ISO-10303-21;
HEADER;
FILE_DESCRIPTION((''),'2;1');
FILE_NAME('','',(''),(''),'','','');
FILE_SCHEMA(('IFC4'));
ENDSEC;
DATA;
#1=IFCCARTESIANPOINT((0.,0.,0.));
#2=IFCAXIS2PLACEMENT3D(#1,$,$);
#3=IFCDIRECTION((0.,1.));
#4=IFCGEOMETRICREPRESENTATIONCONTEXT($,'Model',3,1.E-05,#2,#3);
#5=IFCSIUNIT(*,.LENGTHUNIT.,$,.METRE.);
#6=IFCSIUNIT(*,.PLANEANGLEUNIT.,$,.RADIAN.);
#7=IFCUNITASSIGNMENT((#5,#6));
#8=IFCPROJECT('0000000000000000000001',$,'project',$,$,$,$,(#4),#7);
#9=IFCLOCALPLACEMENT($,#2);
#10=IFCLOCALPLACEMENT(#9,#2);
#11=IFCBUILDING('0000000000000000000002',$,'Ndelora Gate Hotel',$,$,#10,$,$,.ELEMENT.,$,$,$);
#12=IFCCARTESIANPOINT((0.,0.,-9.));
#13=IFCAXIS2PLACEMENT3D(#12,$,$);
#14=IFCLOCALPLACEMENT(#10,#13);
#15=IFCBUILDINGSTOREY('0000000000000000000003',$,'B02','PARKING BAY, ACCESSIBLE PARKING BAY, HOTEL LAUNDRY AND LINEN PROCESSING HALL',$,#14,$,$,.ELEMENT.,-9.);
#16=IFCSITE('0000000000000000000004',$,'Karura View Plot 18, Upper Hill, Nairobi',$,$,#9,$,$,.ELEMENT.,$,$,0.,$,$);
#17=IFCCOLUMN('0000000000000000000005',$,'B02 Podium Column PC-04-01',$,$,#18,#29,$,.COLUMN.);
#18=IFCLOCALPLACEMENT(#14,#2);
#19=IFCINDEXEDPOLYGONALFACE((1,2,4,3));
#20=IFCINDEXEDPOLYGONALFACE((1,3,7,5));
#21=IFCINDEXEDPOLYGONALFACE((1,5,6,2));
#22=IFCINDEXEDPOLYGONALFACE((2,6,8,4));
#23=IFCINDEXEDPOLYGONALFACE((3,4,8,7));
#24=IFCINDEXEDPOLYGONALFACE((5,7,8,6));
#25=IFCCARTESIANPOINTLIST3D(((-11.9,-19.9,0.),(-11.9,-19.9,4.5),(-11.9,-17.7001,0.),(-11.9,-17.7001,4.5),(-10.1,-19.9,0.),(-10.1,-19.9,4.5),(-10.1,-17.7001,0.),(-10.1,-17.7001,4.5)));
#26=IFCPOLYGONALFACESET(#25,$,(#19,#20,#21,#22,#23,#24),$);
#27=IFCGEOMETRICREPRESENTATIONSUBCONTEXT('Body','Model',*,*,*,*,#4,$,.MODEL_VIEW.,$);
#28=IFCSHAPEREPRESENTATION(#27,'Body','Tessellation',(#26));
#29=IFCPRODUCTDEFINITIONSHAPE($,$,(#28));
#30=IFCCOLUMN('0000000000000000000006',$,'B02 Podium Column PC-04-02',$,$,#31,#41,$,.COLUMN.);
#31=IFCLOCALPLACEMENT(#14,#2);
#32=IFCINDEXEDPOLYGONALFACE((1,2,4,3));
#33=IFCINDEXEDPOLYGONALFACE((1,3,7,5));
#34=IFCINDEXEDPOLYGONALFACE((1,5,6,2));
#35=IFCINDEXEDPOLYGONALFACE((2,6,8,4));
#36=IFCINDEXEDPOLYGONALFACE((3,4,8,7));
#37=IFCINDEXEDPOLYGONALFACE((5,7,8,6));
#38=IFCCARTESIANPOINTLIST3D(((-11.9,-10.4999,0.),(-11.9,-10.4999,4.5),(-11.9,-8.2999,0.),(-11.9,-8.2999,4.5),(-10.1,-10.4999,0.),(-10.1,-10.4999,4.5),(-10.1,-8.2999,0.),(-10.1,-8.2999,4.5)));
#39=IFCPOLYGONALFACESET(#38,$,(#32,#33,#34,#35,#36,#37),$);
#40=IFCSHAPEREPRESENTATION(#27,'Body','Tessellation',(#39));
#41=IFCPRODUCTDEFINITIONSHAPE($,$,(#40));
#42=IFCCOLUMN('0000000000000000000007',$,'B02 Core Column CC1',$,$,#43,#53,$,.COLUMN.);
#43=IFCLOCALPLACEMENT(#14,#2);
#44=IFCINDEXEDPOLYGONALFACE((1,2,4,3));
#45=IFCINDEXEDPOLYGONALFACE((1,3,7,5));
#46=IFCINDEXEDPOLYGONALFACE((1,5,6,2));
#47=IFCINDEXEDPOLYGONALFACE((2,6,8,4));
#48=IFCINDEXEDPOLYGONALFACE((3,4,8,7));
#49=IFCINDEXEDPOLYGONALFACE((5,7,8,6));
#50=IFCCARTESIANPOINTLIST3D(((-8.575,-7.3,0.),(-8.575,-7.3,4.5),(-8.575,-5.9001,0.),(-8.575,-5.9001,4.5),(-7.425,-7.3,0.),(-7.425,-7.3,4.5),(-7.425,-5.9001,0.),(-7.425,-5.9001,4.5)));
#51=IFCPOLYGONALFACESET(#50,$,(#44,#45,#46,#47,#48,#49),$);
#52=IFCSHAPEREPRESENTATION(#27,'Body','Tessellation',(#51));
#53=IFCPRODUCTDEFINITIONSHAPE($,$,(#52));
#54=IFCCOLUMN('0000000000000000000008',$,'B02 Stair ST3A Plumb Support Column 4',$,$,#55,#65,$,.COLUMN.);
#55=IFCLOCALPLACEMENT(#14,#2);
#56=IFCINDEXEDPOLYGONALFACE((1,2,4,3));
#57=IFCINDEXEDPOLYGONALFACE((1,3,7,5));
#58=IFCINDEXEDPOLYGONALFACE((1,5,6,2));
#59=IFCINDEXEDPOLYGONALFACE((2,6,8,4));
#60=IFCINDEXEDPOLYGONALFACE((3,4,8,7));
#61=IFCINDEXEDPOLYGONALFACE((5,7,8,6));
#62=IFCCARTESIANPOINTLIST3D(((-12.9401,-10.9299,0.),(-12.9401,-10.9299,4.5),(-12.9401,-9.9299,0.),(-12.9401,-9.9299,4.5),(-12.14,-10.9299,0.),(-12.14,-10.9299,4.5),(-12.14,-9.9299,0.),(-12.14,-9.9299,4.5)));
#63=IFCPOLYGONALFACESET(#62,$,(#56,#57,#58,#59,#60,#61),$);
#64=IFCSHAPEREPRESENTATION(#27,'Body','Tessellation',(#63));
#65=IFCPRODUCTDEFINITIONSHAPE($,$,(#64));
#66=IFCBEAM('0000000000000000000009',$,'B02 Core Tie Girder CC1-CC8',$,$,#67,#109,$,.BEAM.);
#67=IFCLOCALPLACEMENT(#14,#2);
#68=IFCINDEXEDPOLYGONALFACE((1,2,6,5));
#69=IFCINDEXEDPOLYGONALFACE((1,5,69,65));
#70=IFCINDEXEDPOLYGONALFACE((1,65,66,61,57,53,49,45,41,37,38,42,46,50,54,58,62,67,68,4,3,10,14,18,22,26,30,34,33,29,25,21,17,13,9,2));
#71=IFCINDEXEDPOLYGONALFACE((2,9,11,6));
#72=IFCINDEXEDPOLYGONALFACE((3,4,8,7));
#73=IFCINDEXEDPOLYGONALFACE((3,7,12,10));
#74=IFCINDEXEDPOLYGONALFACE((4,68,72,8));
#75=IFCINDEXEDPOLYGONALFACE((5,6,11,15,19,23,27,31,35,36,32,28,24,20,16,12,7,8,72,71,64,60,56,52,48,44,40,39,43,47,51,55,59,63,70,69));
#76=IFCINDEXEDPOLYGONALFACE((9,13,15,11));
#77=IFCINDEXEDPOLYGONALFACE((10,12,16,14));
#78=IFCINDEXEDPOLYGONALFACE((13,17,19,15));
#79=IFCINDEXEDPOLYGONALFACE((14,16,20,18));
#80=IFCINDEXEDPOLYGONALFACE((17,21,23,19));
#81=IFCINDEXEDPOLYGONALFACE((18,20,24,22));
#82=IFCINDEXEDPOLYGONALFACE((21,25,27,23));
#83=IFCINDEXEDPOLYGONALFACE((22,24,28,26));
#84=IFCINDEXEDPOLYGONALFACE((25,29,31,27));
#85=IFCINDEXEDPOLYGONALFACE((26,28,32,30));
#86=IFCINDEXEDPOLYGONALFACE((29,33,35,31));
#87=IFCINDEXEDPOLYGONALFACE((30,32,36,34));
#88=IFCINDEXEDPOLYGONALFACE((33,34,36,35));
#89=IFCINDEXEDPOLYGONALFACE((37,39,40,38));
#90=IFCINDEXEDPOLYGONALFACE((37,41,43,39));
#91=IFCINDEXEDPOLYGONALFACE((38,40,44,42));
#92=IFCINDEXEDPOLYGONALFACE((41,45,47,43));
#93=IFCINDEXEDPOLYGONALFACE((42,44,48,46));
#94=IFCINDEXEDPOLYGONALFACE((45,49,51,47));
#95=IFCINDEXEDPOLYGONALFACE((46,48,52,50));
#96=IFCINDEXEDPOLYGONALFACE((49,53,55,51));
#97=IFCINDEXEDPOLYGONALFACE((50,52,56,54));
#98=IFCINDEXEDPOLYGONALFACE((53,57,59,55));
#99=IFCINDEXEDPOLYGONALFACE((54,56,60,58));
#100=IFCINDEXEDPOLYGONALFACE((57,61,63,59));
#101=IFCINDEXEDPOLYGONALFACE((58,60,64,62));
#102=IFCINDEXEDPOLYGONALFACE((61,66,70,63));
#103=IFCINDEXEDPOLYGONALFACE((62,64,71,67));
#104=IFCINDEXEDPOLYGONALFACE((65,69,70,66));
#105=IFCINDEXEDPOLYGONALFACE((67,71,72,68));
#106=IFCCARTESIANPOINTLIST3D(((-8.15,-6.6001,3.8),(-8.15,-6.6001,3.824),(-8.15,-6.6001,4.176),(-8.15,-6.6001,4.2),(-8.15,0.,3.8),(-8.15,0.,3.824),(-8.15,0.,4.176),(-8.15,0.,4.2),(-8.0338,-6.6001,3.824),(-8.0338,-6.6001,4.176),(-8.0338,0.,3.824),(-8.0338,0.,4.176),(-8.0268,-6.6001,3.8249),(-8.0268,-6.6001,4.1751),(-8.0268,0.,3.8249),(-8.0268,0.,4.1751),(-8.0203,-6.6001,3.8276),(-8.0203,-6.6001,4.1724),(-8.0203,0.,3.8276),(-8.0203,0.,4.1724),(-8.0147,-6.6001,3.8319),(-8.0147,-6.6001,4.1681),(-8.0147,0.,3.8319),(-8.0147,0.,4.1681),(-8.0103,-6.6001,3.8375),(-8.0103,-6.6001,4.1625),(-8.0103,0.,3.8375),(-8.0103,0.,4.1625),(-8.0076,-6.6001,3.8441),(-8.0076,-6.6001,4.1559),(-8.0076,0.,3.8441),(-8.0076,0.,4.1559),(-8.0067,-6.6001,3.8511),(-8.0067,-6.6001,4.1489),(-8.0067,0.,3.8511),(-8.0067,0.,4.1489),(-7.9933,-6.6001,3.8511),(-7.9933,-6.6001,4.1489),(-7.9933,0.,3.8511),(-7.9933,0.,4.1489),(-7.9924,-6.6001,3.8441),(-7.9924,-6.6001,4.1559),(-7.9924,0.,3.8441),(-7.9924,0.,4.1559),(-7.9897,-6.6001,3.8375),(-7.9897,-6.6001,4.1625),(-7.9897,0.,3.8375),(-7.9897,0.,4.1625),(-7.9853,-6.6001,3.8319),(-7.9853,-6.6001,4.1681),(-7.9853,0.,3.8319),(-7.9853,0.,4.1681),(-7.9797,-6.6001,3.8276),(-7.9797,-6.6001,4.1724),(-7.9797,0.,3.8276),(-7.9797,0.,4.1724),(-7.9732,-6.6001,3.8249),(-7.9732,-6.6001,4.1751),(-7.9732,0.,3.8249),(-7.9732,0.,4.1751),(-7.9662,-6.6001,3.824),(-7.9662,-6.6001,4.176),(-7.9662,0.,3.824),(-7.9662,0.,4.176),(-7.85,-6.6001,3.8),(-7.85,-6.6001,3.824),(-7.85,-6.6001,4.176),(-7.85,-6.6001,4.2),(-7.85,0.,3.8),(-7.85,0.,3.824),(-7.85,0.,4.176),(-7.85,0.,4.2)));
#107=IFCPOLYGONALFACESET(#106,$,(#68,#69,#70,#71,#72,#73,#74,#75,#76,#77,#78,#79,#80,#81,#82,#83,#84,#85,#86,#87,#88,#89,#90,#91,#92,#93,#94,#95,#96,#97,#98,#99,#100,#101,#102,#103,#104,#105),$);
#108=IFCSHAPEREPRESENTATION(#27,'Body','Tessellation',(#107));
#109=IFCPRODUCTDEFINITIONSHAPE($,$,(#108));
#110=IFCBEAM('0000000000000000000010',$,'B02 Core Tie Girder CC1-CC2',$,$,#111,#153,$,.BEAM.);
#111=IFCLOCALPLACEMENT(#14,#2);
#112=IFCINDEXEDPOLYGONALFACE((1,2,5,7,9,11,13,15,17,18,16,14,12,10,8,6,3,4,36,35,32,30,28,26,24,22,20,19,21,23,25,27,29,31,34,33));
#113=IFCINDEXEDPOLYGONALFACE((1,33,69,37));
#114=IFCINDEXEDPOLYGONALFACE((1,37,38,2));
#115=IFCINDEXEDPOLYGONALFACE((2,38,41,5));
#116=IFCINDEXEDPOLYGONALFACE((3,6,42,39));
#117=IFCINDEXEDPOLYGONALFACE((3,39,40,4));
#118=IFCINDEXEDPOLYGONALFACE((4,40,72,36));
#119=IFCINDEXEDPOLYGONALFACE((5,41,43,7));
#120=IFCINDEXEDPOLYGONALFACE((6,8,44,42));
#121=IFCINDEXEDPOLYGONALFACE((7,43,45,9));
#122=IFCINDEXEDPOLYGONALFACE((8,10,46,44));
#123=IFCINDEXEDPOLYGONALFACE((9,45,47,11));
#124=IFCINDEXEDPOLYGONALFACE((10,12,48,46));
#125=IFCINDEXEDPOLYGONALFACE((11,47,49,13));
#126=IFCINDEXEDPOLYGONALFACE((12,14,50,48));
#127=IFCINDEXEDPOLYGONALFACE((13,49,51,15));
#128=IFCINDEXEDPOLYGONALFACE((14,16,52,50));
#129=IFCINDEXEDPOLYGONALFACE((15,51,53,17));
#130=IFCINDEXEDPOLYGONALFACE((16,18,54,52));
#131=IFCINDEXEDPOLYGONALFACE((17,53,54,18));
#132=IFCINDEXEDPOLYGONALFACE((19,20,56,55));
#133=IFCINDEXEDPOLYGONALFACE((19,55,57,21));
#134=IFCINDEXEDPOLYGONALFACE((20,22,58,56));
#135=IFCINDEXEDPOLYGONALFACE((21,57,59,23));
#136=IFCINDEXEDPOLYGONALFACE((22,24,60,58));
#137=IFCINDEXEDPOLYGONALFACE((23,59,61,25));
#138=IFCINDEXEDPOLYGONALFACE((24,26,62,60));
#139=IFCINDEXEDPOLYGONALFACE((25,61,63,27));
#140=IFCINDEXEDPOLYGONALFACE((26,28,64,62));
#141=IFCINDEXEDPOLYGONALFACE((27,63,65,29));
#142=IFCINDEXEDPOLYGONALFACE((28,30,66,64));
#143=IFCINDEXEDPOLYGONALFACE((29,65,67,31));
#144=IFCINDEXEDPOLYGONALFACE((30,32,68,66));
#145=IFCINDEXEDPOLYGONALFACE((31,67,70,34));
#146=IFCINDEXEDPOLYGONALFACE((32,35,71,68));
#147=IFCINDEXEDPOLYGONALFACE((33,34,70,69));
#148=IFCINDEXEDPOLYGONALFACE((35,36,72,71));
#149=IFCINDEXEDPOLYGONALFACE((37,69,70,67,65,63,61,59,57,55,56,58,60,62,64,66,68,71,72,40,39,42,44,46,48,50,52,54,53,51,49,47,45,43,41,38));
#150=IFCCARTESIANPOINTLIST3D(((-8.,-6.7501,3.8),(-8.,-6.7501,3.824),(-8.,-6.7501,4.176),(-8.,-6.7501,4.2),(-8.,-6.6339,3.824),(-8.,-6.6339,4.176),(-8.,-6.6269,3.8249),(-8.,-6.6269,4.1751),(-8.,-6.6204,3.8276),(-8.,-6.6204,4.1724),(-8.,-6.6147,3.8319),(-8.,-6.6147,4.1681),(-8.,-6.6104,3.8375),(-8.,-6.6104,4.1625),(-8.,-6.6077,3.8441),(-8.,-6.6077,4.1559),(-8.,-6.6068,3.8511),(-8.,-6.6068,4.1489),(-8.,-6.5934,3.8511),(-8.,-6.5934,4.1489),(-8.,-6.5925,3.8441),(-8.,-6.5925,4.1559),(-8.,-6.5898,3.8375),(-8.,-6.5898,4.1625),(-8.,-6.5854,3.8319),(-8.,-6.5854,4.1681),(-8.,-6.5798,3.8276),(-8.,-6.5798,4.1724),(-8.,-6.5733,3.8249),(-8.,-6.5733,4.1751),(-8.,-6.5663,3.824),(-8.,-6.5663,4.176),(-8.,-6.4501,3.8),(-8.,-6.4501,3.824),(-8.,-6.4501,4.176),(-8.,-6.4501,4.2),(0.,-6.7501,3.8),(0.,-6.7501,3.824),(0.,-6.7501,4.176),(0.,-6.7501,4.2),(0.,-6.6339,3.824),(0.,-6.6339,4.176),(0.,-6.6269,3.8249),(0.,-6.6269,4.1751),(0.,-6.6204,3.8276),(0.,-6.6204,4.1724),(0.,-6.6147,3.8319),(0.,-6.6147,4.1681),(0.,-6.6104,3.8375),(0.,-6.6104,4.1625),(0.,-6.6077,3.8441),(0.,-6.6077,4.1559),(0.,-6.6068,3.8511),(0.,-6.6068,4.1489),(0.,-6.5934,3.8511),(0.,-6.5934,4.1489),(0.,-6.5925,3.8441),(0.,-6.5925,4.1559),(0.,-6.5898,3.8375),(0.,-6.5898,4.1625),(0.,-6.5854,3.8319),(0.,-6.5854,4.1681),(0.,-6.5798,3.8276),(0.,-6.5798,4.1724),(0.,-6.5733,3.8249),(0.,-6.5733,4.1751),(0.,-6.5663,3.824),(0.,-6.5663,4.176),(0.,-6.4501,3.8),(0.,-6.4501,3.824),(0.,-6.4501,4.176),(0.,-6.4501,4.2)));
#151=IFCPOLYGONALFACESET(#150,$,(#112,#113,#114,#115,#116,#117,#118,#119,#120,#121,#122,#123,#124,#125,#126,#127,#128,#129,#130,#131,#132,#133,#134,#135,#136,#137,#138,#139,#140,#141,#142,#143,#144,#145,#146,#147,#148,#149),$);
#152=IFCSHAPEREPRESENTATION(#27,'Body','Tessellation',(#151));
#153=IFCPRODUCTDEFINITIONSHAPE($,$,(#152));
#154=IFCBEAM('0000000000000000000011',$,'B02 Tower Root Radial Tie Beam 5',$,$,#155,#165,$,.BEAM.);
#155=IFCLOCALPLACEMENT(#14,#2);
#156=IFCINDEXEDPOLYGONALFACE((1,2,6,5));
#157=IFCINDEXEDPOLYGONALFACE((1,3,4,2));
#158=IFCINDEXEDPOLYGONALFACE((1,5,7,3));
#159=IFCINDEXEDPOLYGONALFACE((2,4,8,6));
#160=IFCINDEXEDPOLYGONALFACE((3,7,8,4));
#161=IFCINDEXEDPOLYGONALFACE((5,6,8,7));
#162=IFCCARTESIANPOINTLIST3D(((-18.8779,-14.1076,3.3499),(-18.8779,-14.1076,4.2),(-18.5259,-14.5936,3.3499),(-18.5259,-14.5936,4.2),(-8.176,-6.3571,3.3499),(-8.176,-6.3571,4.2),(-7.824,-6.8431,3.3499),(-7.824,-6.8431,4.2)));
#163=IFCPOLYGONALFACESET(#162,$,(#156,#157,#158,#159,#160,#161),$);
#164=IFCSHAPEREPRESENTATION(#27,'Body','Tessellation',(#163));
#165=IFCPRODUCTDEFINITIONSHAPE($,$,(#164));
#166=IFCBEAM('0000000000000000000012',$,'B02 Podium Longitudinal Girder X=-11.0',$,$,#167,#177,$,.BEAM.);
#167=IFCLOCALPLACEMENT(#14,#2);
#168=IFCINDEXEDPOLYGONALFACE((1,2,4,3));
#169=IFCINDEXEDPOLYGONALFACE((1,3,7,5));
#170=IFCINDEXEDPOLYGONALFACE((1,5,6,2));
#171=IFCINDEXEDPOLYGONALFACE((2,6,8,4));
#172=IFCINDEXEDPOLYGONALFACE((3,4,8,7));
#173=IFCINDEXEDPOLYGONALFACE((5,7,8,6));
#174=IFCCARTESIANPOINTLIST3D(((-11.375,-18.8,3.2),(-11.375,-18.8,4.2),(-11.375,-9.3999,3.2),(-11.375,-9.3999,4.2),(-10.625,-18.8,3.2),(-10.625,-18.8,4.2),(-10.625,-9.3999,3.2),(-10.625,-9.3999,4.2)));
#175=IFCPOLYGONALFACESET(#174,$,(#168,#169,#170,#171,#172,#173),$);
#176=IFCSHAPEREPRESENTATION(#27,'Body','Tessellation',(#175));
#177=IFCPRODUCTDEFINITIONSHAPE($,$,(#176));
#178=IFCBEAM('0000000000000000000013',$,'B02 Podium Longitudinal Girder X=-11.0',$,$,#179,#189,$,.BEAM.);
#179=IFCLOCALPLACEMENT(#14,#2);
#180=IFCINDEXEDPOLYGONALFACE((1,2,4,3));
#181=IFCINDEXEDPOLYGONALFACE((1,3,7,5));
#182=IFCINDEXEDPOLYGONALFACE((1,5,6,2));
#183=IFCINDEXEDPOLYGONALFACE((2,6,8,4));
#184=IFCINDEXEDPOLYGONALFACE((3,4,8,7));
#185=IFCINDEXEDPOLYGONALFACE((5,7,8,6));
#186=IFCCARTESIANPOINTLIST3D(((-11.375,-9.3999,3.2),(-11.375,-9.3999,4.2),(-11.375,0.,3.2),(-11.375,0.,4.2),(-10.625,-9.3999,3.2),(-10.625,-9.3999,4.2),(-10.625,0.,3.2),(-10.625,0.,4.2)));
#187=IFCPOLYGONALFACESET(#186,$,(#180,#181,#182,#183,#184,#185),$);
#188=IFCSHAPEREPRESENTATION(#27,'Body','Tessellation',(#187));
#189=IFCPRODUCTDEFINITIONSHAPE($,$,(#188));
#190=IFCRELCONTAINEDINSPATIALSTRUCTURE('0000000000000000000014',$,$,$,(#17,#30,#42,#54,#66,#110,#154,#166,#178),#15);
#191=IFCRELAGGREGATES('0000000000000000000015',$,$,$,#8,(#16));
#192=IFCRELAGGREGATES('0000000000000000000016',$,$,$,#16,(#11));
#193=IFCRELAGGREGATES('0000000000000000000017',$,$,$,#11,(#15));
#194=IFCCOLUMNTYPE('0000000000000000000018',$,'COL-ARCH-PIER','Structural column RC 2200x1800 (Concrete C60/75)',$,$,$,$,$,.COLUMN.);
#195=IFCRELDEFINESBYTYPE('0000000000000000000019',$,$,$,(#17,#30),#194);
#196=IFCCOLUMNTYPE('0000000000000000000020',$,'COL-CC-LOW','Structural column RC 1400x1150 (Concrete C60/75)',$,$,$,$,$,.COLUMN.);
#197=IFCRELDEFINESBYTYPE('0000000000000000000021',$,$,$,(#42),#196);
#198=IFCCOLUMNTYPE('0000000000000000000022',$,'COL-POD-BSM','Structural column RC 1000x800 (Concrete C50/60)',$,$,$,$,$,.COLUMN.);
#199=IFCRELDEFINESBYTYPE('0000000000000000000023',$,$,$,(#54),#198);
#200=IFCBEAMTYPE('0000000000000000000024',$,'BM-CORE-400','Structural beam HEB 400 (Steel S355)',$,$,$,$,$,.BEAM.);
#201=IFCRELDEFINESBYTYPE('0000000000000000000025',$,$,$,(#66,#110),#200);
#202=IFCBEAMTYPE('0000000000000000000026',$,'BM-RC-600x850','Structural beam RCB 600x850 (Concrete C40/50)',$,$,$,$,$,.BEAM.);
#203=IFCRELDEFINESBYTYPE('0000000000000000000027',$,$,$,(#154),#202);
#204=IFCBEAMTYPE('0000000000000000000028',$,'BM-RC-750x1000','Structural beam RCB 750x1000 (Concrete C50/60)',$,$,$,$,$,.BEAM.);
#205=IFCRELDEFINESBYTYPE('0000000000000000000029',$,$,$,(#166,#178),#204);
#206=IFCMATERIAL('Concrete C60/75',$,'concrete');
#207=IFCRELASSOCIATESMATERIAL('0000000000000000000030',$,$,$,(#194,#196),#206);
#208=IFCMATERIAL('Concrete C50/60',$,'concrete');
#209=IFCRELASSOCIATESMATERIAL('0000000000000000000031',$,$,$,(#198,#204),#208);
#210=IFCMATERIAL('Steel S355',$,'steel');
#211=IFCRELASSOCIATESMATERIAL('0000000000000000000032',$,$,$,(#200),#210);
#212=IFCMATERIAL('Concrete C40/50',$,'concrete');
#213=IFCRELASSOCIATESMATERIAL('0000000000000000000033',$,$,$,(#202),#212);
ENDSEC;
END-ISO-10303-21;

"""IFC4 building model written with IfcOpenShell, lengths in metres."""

from ifc_helpers import new_model, si_unit, direction, frame, origin, origin_2d, place, context, subcontext, project, spatial, rectangle, i_section, extrude, material, material_profile, profile_set, type_object, element, save


model = new_model("IFC4")

# Units and contexts
model_context = context("Model", 3, precision=1e-05, world=origin(), true_north=direction((0.0, 1.0)))
body_context = subcontext(model_context, "Body", "Model", "MODEL_VIEW")
ifc_project = project(units=[si_unit("LENGTHUNIT", "METRE"), si_unit("PLANEANGLEUNIT", "RADIAN")], contexts=[model_context])

# Site, building, storey
site_placement = place(None, origin())
site = spatial("IfcSite", under=ifc_project, at=site_placement, Name="Karura View Plot 18, Upper Hill, Nairobi", CompositionType="ELEMENT", RefElevation=0.0)
building_placement = place(site_placement, origin())
building = spatial("IfcBuilding", under=site, at=building_placement, Name="Ndelora Gate Hotel", CompositionType="ELEMENT")
storey_placement = place(building_placement, frame((0.0, 0.0, -9.0)))
storey = spatial("IfcBuildingStorey", under=building, at=storey_placement, Name="B02", Description="PARKING BAY, ACCESSIBLE PARKING BAY, HOTEL LAUNDRY AND LINEN PROCESSING HALL", CompositionType="ELEMENT", Elevation=-9.0)

# Columns
ifc_material_1 = material(Name="Concrete C60/75", Category="concrete")
ifc_material_profile_1 = material_profile(ifc_material_1, rectangle(XDim=1.8, YDim=2.2, at=origin_2d()), Name="RC 2200x1800")
ifc_profile_set_1 = profile_set([ifc_material_profile_1], Name="Concrete C60/75")
column_type_1 = type_object("IfcColumnType", Name="COL-ARCH-PIER", Description="Structural column RC 2200x1800 (Concrete C60/75)", PredefinedType="COLUMN", material=ifc_profile_set_1)
for number, where, z_axis, x_axis, name in (
    (1, (-11.0, -18.8, 0.0), (0.0, 0.0, 1.0), (1.0, 0.0, 0.0), "B02 Podium Column PC-04-01"),
    (2, (-11.0, -9.3999, 0.0), (0.0, 0.0, 1.0), (1.0, 0.0, 0.0), "B02 Podium Column PC-04-02"),
):
    element("IfcColumn", number, at=place(storey_placement, frame(where, z_axis=z_axis, x_axis=x_axis)), inside=storey, type_object=column_type_1, Name=name, PredefinedType="COLUMN", context=body_context, shape_type="SweptSolid", body=[
        extrude(rectangle(XDim=1.8, YDim=2.2, at=origin_2d()), origin(), (0.0, 0.0, 1.0), 4.5),
    ])
ifc_material_profile_2 = material_profile(ifc_material_1, rectangle(XDim=1.1499, YDim=1.3999, at=origin_2d()), Name="RC 1400x1150")
ifc_profile_set_2 = profile_set([ifc_material_profile_2], Name="Concrete C60/75")
column_type_2 = type_object("IfcColumnType", Name="COL-CC-LOW", Description="Structural column RC 1400x1150 (Concrete C60/75)", PredefinedType="COLUMN", material=ifc_profile_set_2)
column_1_placement = place(storey_placement, frame((-8.0, -6.6001, 0.0), z_axis=(0.0, 0.0, 1.0), x_axis=(1.0, 0.0, 0.0)))
element("IfcColumn", 3, at=column_1_placement, inside=storey, type_object=column_type_2, Name="B02 Core Column CC1", PredefinedType="COLUMN", context=body_context, shape_type="SweptSolid", body=[
    extrude(rectangle(XDim=1.1499, YDim=1.3999, at=origin_2d()), origin(), (0.0, 0.0, 1.0), 4.5),
])
ifc_material_2 = material(Name="Concrete C50/60", Category="concrete")
ifc_material_profile_3 = material_profile(ifc_material_2, rectangle(XDim=0.8, YDim=1.0, at=origin_2d()), Name="RC 1000x800")
ifc_profile_set_3 = profile_set([ifc_material_profile_3], Name="Concrete C50/60")
column_type_3 = type_object("IfcColumnType", Name="COL-POD-BSM", Description="Structural column RC 1000x800 (Concrete C50/60)", PredefinedType="COLUMN", material=ifc_profile_set_3)
column_2_placement = place(storey_placement, frame((-12.54, -10.4299, 0.0), z_axis=(0.0, 0.0, 1.0), x_axis=(1.0, 0.0, 0.0)))
element("IfcColumn", 4, at=column_2_placement, inside=storey, type_object=column_type_3, Name="B02 Stair ST3A Plumb Support Column 4", PredefinedType="COLUMN", context=body_context, shape_type="SweptSolid", body=[
    extrude(rectangle(XDim=0.8, YDim=1.0, at=origin_2d()), origin(), (0.0, 0.0, 1.0), 4.5),
])

# Beams
ifc_material_3 = material(Name="Steel S355", Category="steel")
ifc_material_profile_4 = material_profile(ifc_material_3, i_section(OverallWidth=0.3, OverallDepth=0.3999, WebThickness=0.0134, FlangeThickness=0.0239, FilletRadius=0.0271, at=origin_2d()), Name="HEB 400")
ifc_profile_set_4 = profile_set([ifc_material_profile_4], Name="Steel S355")
beam_type_1 = type_object("IfcBeamType", Name="BM-CORE-400", Description="Structural beam HEB 400 (Steel S355)", PredefinedType="BEAM", material=ifc_profile_set_4)
beam_1_placement = place(storey_placement, frame((-8.0, -6.6001, 4.0), z_axis=(0.0, 1.0, 0.0), x_axis=(-1.0, 0.0, 0.0)))
element("IfcBeam", 5, at=beam_1_placement, inside=storey, type_object=beam_type_1, Name="B02 Core Tie Girder CC1-CC8", PredefinedType="BEAM", context=body_context, shape_type="SweptSolid", body=[
    extrude(i_section(OverallWidth=0.3, OverallDepth=0.3999, WebThickness=0.0134, FlangeThickness=0.0239, FilletRadius=0.0271, at=origin_2d()), origin(), (0.0, 0.0, 1.0), 6.6001),
])
beam_2_placement = place(storey_placement, frame((-8.0, -6.6001, 4.0), z_axis=(1.0, 0.0, 0.0), x_axis=(0.0, 1.0, 0.0)))
element("IfcBeam", 6, at=beam_2_placement, inside=storey, type_object=beam_type_1, Name="B02 Core Tie Girder CC1-CC2", PredefinedType="BEAM", context=body_context, shape_type="SweptSolid", body=[
    extrude(i_section(OverallWidth=0.3, OverallDepth=0.3999, WebThickness=0.0134, FlangeThickness=0.0239, FilletRadius=0.0271, at=origin_2d()), origin(), (0.0, 0.0, 1.0), 8.0),
])
ifc_material_4 = material(Name="Concrete C40/50", Category="concrete")
ifc_material_profile_5 = material_profile(ifc_material_4, rectangle(XDim=0.6001, YDim=0.8501, at=origin_2d()), Name="RCB 600x850")
ifc_profile_set_5 = profile_set([ifc_material_profile_5], Name="Concrete C40/50")
beam_type_2 = type_object("IfcBeamType", Name="BM-RC-600x850", Description="Structural beam RCB 600x850 (Concrete C40/50)", PredefinedType="BEAM", material=ifc_profile_set_5)
beam_3_placement = place(storey_placement, frame((-8.0, -6.6001, 3.7749), z_axis=(-0.809912, -0.586551, 0.0), x_axis=(0.586551, -0.809912, 0.0)))
element("IfcBeam", 7, at=beam_3_placement, inside=storey, type_object=beam_type_2, Name="B02 Tower Root Radial Tie Beam 5", PredefinedType="BEAM", context=body_context, shape_type="SweptSolid", body=[
    extrude(rectangle(XDim=0.6001, YDim=0.8501, at=origin_2d()), origin(), (0.0, 0.0, 1.0), 13.2136),
])
ifc_material_profile_6 = material_profile(ifc_material_2, rectangle(XDim=0.75, YDim=1.0, at=origin_2d()), Name="RCB 750x1000")
ifc_profile_set_6 = profile_set([ifc_material_profile_6], Name="Concrete C50/60")
beam_type_3 = type_object("IfcBeamType", Name="BM-RC-750x1000", Description="Structural beam RCB 750x1000 (Concrete C50/60)", PredefinedType="BEAM", material=ifc_profile_set_6)
beam_4_placement = place(storey_placement, frame((-11.0, -18.8, 3.7), z_axis=(0.0, 1.0, 0.0), x_axis=(-1.0, 0.0, 0.0)))
element("IfcBeam", 8, at=beam_4_placement, inside=storey, type_object=beam_type_3, Name="B02 Podium Longitudinal Girder X=-11.0", PredefinedType="BEAM", context=body_context, shape_type="SweptSolid", body=[
    extrude(rectangle(XDim=0.75, YDim=1.0, at=origin_2d()), origin(), (0.0, 0.0, 1.0), 9.4001),
])
beam_5_placement = place(storey_placement, frame((-11.0, -9.3999, 3.7), z_axis=(0.0, 1.0, 0.0), x_axis=(-1.0, 0.0, 0.0)))
element("IfcBeam", 9, at=beam_5_placement, inside=storey, type_object=beam_type_3, Name="B02 Podium Longitudinal Girder X=-11.0", PredefinedType="BEAM", context=body_context, shape_type="SweptSolid", body=[
    extrude(rectangle(XDim=0.75, YDim=1.0, at=origin_2d()), origin(), (0.0, 0.0, 1.0), 9.3999),
])

save(model, "model.ifc")
